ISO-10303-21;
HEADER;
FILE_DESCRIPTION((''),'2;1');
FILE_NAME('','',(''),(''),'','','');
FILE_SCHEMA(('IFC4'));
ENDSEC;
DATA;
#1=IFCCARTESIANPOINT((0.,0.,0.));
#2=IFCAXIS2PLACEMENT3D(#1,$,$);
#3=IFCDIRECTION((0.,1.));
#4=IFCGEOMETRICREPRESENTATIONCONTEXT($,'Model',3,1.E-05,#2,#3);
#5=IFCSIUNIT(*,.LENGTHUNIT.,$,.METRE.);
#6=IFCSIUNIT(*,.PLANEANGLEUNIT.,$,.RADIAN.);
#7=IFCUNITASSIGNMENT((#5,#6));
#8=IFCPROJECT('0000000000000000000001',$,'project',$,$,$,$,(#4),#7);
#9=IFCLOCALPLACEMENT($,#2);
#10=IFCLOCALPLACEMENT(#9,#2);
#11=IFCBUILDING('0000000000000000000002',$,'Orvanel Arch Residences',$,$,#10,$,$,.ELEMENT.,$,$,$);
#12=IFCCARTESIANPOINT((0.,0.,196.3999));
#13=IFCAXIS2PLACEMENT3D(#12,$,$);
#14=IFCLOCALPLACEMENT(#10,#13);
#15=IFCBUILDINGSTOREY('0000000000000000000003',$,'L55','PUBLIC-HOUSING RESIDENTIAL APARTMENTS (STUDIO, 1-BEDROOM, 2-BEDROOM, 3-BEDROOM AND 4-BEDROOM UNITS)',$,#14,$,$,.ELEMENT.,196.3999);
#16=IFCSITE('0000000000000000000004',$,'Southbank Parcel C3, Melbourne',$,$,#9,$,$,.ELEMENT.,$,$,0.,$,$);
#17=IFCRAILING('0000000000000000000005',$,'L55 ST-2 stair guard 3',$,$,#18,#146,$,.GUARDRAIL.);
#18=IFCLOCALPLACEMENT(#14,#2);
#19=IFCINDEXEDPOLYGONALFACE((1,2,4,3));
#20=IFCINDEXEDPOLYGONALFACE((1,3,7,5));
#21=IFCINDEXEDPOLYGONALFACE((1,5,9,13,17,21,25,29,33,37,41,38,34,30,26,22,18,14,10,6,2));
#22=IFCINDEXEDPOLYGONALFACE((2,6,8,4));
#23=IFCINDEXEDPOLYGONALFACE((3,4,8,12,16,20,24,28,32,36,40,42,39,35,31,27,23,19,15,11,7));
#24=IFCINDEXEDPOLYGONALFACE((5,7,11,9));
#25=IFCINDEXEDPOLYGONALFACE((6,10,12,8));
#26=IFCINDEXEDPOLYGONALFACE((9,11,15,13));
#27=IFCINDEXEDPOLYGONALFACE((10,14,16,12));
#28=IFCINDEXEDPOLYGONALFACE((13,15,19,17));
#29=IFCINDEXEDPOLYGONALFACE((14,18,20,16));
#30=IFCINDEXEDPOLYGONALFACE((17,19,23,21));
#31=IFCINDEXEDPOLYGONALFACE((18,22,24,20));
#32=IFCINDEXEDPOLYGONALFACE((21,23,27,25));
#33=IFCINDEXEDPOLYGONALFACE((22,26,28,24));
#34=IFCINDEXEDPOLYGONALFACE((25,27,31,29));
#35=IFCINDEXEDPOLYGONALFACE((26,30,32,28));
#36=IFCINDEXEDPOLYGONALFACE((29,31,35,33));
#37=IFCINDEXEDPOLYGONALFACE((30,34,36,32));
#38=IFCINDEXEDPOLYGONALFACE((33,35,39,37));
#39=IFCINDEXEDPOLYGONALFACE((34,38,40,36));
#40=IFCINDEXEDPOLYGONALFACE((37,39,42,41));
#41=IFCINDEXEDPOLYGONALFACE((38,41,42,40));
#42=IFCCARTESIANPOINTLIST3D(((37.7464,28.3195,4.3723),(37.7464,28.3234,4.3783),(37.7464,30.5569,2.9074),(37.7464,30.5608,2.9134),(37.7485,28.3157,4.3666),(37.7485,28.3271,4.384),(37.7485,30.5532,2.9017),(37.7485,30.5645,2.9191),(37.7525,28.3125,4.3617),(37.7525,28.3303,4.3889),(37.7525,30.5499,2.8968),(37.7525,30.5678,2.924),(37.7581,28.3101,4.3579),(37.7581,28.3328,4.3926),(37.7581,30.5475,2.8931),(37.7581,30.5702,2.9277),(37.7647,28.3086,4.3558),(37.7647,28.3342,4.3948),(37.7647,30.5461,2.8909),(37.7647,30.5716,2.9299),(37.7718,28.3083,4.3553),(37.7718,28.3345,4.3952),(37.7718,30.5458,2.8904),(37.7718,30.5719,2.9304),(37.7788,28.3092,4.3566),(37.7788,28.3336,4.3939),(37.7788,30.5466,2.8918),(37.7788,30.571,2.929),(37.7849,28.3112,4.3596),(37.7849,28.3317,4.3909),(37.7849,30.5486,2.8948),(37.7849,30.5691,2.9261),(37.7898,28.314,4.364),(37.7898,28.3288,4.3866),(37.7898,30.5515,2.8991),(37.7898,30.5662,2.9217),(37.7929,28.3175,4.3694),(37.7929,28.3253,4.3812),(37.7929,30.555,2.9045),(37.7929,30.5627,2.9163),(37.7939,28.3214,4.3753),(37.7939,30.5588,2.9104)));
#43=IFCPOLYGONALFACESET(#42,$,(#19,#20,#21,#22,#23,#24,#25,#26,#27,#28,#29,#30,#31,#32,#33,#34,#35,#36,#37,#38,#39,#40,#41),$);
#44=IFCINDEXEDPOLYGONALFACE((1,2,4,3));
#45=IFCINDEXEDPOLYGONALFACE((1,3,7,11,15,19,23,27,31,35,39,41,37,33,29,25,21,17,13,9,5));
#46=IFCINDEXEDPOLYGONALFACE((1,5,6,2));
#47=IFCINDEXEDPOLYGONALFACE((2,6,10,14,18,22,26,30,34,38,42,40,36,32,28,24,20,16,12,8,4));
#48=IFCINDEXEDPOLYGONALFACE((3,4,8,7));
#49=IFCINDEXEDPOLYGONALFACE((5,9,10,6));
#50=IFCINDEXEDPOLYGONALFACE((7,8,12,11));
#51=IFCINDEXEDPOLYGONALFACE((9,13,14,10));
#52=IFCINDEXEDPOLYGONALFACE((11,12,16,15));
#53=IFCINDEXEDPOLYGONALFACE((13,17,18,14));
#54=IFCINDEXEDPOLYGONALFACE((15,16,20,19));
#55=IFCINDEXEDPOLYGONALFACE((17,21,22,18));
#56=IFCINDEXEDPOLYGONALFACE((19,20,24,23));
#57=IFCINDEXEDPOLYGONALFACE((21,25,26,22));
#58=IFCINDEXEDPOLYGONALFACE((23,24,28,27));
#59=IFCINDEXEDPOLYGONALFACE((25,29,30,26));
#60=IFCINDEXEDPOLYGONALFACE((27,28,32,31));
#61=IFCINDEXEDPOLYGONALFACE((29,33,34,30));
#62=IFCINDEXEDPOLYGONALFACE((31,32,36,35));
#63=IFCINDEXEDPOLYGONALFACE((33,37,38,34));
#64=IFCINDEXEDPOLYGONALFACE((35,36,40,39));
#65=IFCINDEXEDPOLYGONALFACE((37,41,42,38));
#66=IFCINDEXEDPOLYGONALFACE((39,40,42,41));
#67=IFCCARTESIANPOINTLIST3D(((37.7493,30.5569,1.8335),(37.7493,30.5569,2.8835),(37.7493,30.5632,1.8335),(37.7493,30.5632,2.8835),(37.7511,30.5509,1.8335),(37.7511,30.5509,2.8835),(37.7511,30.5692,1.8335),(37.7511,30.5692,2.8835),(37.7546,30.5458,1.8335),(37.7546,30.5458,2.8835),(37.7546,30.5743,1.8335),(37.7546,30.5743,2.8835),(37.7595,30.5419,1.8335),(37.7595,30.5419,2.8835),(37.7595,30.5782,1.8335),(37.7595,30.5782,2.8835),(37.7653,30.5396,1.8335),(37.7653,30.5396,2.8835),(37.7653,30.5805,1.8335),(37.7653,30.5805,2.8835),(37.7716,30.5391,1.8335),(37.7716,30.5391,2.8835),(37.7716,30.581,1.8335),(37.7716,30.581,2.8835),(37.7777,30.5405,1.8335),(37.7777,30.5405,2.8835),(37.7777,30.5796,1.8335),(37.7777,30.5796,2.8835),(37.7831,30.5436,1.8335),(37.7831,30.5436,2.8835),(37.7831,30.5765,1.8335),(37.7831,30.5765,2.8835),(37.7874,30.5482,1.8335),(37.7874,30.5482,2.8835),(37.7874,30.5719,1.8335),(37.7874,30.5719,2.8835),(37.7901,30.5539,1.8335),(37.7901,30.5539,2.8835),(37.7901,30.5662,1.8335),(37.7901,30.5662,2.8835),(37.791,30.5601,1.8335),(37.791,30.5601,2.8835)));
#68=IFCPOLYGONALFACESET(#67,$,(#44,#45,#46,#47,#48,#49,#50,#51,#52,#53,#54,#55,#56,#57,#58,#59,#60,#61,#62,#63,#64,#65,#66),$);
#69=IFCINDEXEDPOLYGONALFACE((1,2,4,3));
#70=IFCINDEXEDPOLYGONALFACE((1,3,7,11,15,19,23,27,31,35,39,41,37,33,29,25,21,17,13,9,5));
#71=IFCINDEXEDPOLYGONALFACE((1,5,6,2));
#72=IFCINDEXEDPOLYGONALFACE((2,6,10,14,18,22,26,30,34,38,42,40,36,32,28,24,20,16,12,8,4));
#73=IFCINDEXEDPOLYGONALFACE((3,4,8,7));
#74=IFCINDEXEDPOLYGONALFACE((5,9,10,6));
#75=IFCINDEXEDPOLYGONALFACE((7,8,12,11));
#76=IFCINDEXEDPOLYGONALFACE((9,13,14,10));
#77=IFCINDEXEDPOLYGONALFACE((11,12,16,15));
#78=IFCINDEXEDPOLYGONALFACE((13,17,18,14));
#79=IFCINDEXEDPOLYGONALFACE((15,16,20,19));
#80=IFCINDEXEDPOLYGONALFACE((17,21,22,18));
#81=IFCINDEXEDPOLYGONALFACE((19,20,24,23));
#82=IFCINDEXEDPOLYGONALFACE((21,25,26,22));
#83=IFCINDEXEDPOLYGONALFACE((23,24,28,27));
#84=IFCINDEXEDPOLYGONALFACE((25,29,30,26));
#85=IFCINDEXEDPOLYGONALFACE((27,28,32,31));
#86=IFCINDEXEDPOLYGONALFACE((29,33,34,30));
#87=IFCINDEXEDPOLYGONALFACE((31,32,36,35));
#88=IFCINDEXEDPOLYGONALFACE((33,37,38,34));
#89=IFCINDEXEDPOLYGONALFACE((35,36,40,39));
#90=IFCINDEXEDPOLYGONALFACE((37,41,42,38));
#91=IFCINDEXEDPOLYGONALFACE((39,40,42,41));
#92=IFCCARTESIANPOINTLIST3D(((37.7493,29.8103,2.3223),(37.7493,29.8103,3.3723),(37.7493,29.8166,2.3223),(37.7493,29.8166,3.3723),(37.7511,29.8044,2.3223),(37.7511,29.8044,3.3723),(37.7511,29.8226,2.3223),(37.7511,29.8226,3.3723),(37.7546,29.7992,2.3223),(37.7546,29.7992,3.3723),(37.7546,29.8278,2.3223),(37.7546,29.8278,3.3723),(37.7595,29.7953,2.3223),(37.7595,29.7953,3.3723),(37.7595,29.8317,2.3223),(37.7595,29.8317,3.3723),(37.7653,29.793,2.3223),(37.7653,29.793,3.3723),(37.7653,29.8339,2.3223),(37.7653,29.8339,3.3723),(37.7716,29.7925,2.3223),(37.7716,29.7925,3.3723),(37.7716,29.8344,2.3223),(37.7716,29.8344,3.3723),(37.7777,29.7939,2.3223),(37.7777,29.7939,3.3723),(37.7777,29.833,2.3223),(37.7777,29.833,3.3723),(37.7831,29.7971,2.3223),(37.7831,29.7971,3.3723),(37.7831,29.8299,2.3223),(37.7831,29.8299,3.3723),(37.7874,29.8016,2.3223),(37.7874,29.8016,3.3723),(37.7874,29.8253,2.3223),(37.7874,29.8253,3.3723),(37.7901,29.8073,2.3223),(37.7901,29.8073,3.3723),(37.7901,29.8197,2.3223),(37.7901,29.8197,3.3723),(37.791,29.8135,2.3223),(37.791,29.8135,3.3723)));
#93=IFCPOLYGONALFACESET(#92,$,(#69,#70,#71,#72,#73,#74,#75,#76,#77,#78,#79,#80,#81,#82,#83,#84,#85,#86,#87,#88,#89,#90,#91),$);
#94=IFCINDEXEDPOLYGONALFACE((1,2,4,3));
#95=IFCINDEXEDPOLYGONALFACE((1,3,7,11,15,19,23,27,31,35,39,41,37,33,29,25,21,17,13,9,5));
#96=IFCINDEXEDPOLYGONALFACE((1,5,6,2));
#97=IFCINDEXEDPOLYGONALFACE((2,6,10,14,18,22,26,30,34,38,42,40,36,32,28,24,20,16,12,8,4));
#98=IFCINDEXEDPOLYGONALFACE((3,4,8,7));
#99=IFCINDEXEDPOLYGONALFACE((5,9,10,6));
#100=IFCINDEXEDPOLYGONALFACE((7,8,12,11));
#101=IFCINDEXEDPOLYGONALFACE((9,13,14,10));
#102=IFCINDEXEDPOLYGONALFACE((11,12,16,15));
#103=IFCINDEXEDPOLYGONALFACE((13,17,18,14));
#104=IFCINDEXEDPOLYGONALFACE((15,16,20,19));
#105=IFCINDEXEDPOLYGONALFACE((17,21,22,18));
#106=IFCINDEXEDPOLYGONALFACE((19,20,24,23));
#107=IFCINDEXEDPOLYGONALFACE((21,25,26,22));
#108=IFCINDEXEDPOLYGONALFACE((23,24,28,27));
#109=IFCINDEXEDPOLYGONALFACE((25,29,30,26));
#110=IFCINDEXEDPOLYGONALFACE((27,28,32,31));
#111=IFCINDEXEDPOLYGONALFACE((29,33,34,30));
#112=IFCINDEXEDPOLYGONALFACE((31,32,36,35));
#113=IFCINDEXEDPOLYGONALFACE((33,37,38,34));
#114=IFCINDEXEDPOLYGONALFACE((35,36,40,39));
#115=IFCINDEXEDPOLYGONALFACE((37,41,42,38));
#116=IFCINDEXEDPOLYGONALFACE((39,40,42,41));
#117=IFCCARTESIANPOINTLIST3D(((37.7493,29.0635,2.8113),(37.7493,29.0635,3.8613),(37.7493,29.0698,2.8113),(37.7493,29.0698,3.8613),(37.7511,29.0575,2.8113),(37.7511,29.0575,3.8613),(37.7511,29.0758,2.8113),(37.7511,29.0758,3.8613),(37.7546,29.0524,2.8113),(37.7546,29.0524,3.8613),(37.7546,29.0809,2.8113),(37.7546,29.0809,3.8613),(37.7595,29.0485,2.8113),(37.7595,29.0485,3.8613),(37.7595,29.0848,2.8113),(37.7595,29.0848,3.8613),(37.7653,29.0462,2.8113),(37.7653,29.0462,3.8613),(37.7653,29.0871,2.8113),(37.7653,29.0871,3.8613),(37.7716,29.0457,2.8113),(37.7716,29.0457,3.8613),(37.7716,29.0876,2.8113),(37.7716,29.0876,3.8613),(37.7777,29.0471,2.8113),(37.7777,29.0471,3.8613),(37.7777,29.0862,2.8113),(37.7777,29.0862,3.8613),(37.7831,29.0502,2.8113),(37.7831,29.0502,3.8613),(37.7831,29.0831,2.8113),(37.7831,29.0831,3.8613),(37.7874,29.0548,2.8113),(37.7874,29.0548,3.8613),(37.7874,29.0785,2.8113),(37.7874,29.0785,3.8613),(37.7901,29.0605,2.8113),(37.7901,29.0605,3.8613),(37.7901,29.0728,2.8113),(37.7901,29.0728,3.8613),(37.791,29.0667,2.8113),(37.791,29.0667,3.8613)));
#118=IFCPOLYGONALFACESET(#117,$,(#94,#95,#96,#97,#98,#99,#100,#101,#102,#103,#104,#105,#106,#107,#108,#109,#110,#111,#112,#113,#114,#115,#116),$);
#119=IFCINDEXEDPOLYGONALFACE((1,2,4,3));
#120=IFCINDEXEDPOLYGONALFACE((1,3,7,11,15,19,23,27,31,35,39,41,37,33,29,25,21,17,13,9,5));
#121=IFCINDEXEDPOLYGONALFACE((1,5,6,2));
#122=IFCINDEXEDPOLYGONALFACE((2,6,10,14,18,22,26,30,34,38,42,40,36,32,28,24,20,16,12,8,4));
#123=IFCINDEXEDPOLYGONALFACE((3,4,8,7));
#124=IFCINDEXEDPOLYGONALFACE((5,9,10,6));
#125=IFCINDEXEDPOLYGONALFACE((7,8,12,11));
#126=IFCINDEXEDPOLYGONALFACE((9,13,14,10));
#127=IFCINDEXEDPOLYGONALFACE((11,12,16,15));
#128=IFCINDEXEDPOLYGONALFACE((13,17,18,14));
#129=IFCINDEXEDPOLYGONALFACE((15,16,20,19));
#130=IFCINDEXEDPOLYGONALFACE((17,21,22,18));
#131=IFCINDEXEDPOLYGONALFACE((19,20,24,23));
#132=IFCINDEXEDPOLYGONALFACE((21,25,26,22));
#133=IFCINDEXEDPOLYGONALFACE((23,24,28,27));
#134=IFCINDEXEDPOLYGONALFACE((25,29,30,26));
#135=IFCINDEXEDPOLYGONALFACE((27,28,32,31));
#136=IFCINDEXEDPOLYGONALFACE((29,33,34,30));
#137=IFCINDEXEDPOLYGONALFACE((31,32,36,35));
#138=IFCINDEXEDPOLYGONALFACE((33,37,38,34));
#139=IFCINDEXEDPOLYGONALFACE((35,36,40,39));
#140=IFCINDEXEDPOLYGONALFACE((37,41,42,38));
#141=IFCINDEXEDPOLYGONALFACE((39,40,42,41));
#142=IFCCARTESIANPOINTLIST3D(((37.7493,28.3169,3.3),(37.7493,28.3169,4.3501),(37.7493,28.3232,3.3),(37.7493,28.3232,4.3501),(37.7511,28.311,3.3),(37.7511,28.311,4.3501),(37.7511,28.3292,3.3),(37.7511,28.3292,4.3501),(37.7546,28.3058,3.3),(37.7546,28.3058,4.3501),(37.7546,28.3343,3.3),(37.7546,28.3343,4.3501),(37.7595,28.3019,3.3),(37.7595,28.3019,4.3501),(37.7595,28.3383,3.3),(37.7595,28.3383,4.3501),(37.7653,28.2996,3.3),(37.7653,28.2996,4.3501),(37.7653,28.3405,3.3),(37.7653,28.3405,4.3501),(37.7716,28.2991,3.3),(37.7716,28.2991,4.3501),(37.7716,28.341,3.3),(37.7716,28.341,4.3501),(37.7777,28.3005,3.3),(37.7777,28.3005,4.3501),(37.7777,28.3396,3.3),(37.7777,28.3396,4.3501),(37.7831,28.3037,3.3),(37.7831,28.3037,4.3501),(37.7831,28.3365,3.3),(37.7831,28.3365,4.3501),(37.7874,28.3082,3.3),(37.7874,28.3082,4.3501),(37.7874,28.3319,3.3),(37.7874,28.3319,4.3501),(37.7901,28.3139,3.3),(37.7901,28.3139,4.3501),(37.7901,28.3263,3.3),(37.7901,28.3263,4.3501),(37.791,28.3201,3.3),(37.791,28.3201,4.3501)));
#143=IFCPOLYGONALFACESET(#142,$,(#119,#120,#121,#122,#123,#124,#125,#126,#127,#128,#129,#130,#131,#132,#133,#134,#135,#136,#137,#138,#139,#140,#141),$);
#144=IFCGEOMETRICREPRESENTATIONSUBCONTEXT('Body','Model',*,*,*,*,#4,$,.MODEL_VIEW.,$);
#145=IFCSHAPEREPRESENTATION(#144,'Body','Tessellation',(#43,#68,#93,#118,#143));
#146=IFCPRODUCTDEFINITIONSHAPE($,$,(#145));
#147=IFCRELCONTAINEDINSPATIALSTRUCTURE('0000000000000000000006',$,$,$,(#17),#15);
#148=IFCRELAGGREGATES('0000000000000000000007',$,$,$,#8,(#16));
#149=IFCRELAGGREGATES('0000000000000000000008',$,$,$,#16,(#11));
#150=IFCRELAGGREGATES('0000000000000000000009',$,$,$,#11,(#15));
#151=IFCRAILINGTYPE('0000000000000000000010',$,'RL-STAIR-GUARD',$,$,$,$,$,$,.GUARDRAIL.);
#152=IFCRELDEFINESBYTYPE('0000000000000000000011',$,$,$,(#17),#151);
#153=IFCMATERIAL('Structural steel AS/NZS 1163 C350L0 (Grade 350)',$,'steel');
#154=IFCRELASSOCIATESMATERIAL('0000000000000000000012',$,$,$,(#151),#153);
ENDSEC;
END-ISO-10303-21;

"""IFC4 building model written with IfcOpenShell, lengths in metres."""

from ifc_helpers import new_model, si_unit, direction, frame, origin, origin_2d, place, context, subcontext, project, spatial, circle, extrude, material, type_object, element, save


model = new_model("IFC4")

# Units and contexts
model_context = context("Model", 3, precision=1e-05, world=origin(), true_north=direction((0.0, 1.0)))
body_context = subcontext(model_context, "Body", "Model", "MODEL_VIEW")
ifc_project = project(units=[si_unit("LENGTHUNIT", "METRE"), si_unit("PLANEANGLEUNIT", "RADIAN")], contexts=[model_context])

# Site, building, storey
site_placement = place(None, origin())
site = spatial("IfcSite", under=ifc_project, at=site_placement, Name="Southbank Parcel C3, Melbourne", CompositionType="ELEMENT", RefElevation=0.0)
building_placement = place(site_placement, origin())
building = spatial("IfcBuilding", under=site, at=building_placement, Name="Orvanel Arch Residences", CompositionType="ELEMENT")
storey_placement = place(building_placement, frame((0.0, 0.0, 196.3999)))
storey = spatial("IfcBuildingStorey", under=building, at=storey_placement, Name="L55", Description="PUBLIC-HOUSING RESIDENTIAL APARTMENTS (STUDIO, 1-BEDROOM, 2-BEDROOM, 3-BEDROOM AND 4-BEDROOM UNITS)", CompositionType="ELEMENT", Elevation=196.3999)

# Railing
ifc_material_1 = material(Name="Structural steel AS/NZS 1163 C350L0 (Grade 350)", Category="steel")
railing_type_1 = type_object("IfcRailingType", Name="RL-STAIR-GUARD", PredefinedType="GUARDRAIL", material=ifc_material_1)
railing_1_placement = place(storey_placement, frame((37.77, 30.5601, 1.8335)))
element("IfcRailing", 1, at=railing_1_placement, inside=storey, type_object=railing_type_1, Name="L55 ST-2 stair guard 3", PredefinedType="GUARDRAIL", context=body_context, shape_type="SweptSolid", body=[
    extrude(circle(Radius=0.0239, at=origin_2d()), frame((0.0, -0.0012, 1.0769), z_axis=(0.0, -0.836637, 0.547758), x_axis=(1.0, 0.0, 0.0)), (0.0, 0.0, 1.0), 2.6743),
    extrude(circle(Radius=0.021, at=origin_2d()), origin(), (0.0, 0.0, 1.0), 1.05),
    extrude(circle(Radius=0.021, at=origin_2d()), frame((0.0, -0.7466, 0.4888)), (0.0, 0.0, 1.0), 1.05),
    extrude(circle(Radius=0.021, at=origin_2d()), frame((0.0, -1.4934, 0.9778)), (0.0, 0.0, 1.0), 1.05),
    extrude(circle(Radius=0.021, at=origin_2d()), frame((0.0, -2.24, 1.4666)), (0.0, 0.0, 1.0), 1.05),
])

save(model, "model.ifc")
